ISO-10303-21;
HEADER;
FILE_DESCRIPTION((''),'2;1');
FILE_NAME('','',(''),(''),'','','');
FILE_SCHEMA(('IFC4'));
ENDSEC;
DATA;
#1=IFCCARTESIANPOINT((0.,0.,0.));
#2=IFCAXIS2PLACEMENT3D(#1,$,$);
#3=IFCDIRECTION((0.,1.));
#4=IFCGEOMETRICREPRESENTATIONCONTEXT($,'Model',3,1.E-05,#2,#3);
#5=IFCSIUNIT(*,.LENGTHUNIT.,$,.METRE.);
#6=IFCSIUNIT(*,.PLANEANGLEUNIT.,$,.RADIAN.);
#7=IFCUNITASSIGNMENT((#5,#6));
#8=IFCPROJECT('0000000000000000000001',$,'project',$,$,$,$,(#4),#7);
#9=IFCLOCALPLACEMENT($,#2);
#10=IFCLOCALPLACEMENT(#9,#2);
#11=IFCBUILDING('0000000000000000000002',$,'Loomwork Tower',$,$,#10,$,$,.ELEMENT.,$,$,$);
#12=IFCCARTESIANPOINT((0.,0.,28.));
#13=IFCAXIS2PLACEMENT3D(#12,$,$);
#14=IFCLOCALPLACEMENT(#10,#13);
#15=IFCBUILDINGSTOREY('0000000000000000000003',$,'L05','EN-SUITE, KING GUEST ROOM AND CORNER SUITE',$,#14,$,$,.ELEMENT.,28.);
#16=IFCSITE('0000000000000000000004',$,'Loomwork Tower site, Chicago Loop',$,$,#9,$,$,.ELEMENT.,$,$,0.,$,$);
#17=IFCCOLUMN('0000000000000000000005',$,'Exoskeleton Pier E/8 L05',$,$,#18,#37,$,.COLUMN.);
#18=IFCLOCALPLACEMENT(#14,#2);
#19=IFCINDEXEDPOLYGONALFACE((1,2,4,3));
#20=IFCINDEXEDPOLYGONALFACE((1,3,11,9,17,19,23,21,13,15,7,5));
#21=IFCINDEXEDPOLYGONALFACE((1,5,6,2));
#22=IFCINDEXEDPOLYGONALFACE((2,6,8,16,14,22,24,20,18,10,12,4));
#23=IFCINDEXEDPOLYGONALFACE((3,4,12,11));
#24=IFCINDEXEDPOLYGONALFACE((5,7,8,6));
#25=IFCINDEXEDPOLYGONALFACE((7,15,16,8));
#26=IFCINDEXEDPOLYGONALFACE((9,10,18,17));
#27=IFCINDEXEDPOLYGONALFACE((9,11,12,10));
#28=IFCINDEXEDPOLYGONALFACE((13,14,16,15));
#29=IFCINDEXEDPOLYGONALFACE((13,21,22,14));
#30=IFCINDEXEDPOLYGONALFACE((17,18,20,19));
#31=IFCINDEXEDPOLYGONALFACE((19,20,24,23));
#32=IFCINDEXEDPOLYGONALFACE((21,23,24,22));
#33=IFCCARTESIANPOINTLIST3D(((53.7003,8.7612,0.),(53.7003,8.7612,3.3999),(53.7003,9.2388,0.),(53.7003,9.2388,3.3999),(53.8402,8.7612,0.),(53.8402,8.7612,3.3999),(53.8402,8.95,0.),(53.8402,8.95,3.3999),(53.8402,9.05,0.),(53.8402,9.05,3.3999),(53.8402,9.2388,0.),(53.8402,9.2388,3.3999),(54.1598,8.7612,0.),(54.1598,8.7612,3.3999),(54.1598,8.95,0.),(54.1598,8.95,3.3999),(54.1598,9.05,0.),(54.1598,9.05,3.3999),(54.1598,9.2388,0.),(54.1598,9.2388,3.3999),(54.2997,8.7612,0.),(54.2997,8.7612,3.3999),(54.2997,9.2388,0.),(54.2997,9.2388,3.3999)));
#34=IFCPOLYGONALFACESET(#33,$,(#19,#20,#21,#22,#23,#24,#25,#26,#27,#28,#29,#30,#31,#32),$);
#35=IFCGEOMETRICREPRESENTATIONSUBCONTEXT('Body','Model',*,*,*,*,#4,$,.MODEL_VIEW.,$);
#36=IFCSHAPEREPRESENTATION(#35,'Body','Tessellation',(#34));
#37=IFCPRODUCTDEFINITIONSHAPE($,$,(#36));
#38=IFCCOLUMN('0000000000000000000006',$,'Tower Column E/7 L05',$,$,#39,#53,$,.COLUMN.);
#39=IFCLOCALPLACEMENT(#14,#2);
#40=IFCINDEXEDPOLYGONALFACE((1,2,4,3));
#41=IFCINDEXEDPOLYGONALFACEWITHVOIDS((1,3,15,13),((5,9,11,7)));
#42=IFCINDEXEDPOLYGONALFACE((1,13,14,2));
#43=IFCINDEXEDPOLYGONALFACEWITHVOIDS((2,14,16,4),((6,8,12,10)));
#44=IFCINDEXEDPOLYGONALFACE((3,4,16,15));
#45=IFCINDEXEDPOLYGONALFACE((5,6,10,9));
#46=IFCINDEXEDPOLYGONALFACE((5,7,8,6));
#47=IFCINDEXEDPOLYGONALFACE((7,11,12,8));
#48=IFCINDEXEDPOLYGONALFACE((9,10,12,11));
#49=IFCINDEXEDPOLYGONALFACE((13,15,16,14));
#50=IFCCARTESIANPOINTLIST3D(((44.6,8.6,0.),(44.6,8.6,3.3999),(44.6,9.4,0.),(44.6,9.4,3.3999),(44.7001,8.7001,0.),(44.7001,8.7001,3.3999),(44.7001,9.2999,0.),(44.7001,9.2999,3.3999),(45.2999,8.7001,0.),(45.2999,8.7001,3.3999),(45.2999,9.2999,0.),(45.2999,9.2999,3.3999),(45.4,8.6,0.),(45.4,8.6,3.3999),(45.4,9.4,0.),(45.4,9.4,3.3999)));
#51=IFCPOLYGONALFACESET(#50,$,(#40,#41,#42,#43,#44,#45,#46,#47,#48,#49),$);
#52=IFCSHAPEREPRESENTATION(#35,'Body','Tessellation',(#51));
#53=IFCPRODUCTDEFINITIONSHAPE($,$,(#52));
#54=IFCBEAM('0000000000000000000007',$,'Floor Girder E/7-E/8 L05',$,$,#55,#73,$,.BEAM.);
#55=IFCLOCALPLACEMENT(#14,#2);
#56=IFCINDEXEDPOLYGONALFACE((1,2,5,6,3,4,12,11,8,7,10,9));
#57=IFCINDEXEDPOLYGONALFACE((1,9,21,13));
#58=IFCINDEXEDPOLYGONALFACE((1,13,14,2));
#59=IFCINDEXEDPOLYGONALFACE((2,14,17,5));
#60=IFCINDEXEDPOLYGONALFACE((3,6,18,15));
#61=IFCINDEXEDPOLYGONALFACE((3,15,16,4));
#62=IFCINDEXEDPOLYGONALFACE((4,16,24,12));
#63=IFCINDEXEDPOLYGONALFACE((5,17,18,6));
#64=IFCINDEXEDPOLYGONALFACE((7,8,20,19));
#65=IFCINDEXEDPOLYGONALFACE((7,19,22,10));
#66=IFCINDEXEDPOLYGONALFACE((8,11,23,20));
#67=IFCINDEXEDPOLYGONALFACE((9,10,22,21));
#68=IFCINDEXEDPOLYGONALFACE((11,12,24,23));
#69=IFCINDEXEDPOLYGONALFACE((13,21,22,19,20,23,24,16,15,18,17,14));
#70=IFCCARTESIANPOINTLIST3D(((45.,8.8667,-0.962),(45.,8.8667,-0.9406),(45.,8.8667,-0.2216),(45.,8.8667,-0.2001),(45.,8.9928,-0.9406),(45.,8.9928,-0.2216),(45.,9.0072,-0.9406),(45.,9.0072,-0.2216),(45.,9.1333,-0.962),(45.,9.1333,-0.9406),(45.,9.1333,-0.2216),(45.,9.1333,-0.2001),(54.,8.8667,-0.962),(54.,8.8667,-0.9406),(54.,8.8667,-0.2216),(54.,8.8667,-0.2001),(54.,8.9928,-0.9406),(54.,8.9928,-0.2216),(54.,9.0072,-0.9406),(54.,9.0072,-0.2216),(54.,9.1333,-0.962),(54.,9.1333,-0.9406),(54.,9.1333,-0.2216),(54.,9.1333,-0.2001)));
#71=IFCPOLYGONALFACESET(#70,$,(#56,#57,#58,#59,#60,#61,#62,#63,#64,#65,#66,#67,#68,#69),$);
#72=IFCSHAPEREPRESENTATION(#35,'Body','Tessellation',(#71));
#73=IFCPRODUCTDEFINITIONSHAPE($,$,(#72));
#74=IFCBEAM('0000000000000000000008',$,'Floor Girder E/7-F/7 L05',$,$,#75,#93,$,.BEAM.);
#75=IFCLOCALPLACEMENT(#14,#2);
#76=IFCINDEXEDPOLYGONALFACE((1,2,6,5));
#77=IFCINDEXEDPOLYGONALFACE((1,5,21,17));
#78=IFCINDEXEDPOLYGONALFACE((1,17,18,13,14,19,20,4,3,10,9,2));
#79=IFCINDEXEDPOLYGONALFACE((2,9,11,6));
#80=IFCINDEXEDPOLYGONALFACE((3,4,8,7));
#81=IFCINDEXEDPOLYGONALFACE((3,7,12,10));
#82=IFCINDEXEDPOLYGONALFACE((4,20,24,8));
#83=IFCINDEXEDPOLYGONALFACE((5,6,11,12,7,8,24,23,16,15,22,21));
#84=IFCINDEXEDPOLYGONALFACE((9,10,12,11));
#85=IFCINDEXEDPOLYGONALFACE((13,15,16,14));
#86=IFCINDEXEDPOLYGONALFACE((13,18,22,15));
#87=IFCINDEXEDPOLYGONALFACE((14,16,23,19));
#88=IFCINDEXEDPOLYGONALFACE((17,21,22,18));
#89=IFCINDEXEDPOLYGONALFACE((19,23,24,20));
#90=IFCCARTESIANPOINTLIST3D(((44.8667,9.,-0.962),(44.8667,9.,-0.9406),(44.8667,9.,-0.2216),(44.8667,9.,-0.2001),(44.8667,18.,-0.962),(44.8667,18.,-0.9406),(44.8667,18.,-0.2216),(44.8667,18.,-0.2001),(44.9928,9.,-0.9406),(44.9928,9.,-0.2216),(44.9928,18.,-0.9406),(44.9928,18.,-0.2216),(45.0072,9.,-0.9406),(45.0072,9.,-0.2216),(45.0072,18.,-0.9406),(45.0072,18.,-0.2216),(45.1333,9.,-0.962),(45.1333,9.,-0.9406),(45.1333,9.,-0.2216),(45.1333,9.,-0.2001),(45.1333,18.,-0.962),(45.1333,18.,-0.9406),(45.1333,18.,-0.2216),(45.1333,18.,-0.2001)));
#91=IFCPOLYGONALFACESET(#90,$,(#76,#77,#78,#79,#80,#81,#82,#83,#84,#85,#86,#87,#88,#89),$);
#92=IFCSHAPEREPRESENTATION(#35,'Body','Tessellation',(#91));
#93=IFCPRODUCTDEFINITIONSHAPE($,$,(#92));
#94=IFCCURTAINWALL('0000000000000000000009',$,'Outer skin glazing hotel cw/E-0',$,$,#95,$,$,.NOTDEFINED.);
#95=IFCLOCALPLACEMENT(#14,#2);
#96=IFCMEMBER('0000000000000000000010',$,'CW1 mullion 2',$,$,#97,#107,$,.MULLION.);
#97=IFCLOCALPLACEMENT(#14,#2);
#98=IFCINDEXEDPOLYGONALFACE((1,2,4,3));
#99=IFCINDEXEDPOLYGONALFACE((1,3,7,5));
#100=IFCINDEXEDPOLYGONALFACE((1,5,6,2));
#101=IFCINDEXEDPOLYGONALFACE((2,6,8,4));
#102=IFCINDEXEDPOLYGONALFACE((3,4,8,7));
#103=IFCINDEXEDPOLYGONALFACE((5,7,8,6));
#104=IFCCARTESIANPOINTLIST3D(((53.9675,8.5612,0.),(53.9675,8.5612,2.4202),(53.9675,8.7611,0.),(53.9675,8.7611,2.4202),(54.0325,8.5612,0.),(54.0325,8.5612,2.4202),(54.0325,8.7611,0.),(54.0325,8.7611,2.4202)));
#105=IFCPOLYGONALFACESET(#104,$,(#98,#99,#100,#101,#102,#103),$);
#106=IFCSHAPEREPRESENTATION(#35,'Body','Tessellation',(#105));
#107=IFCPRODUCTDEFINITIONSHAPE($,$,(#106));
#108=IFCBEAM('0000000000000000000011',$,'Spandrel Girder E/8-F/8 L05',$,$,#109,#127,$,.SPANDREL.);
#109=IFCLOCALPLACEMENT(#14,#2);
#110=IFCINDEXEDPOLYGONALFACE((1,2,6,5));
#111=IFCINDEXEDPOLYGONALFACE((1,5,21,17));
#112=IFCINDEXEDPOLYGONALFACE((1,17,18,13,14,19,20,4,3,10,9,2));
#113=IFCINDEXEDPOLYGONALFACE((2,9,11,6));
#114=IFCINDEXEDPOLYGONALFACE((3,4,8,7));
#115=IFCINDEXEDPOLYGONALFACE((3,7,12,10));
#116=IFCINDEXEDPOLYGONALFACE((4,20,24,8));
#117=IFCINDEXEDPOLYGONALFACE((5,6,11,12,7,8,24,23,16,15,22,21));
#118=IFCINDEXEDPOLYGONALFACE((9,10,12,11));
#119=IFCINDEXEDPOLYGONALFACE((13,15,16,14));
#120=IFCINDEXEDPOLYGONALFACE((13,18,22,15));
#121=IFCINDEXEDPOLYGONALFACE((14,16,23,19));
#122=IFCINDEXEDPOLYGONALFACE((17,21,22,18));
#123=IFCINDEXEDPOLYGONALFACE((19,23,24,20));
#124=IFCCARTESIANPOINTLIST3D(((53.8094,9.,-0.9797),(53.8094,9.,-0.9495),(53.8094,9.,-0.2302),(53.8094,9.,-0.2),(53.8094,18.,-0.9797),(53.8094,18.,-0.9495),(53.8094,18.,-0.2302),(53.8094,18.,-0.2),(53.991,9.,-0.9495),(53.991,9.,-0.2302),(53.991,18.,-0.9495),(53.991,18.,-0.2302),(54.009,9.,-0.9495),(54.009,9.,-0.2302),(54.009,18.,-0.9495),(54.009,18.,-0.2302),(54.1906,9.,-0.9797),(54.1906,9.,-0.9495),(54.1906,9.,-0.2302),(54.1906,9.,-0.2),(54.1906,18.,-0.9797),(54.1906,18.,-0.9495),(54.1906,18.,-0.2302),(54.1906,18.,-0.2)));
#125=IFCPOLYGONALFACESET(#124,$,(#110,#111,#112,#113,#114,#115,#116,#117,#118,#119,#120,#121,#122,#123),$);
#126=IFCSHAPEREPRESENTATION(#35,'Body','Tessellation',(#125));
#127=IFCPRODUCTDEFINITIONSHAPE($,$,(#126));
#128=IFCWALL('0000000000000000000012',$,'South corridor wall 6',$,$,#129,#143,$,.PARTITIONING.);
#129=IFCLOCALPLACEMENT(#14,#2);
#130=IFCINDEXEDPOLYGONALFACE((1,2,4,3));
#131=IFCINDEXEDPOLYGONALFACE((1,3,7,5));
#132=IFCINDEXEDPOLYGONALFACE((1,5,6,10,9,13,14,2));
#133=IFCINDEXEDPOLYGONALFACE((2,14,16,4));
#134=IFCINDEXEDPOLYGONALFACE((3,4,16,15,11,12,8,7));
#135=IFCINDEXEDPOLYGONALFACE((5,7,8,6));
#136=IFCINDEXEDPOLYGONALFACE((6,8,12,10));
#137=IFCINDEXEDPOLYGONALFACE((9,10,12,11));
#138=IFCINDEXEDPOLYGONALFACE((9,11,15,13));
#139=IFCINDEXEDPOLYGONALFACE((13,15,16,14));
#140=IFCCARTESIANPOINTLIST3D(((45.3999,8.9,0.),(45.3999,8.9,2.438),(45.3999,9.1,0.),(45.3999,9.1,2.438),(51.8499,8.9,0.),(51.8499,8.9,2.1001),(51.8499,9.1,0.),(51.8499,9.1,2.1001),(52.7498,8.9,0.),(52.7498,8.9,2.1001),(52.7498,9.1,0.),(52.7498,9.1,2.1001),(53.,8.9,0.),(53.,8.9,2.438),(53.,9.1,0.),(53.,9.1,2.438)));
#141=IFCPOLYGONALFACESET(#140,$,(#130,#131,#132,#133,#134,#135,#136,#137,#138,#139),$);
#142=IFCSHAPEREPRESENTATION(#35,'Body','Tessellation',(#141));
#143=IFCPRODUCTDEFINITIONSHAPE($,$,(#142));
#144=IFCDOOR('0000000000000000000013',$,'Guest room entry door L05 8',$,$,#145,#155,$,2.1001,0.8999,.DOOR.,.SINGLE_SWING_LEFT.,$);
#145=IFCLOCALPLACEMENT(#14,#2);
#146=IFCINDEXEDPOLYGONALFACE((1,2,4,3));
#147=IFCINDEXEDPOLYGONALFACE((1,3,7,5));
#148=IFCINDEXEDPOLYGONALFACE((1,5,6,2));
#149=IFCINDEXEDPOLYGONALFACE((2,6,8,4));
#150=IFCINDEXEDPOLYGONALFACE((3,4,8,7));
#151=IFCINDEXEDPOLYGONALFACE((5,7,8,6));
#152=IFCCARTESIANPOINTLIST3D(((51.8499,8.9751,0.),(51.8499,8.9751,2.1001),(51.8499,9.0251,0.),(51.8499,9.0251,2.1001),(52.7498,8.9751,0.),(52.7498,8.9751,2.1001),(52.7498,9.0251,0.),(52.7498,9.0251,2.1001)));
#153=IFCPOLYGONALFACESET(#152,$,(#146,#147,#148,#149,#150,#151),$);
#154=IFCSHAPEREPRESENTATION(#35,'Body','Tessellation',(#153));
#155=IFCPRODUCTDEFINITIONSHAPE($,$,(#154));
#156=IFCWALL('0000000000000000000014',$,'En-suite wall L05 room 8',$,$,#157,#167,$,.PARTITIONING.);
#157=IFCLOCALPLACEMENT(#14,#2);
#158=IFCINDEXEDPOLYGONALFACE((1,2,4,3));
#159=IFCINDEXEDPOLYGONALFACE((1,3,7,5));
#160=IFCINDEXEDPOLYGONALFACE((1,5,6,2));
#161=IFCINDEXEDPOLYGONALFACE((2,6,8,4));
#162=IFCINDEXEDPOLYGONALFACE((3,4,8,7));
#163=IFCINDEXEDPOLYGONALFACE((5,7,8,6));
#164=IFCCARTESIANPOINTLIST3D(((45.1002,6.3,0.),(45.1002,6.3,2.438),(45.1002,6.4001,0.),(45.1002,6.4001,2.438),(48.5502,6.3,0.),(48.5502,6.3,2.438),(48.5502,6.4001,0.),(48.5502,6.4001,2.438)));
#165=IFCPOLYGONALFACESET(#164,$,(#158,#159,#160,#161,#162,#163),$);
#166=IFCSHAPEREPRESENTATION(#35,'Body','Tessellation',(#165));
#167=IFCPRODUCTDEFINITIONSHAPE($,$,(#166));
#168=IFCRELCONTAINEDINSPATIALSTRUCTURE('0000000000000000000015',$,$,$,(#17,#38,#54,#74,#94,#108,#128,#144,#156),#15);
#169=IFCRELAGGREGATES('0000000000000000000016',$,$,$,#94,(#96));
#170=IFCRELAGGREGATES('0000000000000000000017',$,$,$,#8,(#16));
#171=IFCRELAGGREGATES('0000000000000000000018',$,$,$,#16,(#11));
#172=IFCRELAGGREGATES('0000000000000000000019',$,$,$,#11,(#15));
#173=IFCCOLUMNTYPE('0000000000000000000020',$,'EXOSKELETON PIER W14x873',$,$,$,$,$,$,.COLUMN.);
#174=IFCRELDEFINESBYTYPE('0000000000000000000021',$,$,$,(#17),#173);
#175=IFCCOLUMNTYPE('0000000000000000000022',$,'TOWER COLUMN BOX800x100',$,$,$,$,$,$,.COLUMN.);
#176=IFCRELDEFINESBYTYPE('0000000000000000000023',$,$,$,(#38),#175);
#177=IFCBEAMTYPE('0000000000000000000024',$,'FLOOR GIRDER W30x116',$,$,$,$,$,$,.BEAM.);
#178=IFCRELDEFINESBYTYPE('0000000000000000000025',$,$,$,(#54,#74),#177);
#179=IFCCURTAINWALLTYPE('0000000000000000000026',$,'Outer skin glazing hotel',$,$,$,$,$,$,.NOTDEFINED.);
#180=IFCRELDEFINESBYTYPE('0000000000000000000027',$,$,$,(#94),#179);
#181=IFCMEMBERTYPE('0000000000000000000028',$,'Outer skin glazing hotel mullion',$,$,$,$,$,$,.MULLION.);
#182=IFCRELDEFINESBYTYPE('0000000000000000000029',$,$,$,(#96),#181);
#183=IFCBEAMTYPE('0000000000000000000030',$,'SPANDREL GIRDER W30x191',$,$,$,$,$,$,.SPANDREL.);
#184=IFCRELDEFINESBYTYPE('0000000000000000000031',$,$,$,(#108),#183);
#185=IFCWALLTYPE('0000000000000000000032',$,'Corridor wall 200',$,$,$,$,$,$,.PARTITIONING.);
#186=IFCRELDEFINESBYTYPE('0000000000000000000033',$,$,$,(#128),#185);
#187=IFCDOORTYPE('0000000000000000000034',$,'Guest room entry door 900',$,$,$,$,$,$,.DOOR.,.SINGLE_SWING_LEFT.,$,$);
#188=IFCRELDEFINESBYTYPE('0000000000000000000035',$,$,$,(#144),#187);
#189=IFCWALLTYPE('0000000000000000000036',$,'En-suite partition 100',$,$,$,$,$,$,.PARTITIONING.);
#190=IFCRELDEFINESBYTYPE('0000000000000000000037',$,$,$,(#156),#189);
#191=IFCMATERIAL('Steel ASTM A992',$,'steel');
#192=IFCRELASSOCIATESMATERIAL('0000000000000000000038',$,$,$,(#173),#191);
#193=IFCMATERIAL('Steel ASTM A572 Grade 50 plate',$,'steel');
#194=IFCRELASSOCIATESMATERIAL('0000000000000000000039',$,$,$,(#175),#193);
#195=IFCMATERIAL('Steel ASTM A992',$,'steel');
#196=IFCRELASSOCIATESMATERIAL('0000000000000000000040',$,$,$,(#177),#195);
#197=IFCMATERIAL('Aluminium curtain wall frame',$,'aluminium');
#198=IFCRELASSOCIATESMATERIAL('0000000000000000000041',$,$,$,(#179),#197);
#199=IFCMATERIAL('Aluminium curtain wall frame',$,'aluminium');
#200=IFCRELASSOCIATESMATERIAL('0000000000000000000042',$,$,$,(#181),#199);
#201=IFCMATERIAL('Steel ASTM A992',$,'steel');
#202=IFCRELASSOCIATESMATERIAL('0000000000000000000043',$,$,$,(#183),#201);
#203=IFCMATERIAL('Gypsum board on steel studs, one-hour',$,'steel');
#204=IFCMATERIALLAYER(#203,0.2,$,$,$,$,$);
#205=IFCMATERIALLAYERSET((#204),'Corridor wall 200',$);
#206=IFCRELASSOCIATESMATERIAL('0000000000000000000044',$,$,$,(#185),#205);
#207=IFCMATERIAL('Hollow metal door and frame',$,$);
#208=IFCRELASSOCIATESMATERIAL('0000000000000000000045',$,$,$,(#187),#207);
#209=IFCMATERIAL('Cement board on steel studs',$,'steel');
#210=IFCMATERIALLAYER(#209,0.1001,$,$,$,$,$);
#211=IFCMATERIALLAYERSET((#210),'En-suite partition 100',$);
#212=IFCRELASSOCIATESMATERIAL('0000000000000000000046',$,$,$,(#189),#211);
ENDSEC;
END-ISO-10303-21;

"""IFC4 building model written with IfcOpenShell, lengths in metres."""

from ifc_helpers import new_model, si_unit, direction, frame, frame_2d, origin, origin_2d, place, context, subcontext, project, spatial, rectangle, hollow_rectangle, i_section, extrude, material, layer, layer_set, material_profile, profile_set, type_object, element, fill, aggregate, save


model = new_model("IFC4")

# Units and contexts
model_context = context("Model", 3, precision=1e-05, world=origin(), true_north=direction((0.0, 1.0)))
body_context = subcontext(model_context, "Body", "Model", "MODEL_VIEW")
ifc_project = project(units=[si_unit("LENGTHUNIT", "METRE"), si_unit("PLANEANGLEUNIT", "RADIAN")], contexts=[model_context])

# Site, building, storey
site_placement = place(None, origin())
site = spatial("IfcSite", under=ifc_project, at=site_placement, Name="Loomwork Tower site, Chicago Loop", CompositionType="ELEMENT", RefElevation=0.0)
building_placement = place(site_placement, origin())
building = spatial("IfcBuilding", under=site, at=building_placement, Name="Loomwork Tower", CompositionType="ELEMENT")
storey_placement = place(building_placement, frame((0.0, 0.0, 28.0)))
storey = spatial("IfcBuildingStorey", under=building, at=storey_placement, Name="L05", Description="EN-SUITE, KING GUEST ROOM AND CORNER SUITE", CompositionType="ELEMENT", Elevation=28.0)

# Columns
ifc_material_1 = material(Name="Steel ASTM A992", Category="steel")
ifc_material_profile_1 = material_profile(ifc_material_1, i_section(OverallWidth=0.4775, OverallDepth=0.5994, WebThickness=0.1001, FlangeThickness=0.1399, at=origin_2d()), Name="W14x873")
ifc_profile_set_1 = profile_set([ifc_material_profile_1], Name="Steel ASTM A992")
column_type_1 = type_object("IfcColumnType", Name="EXOSKELETON PIER W14x873", PredefinedType="COLUMN", material=ifc_profile_set_1)
column_1_placement = place(storey_placement, frame((54.0, 9.0, 0.0), z_axis=(0.0, 0.0, 1.0), x_axis=(0.0, 1.0, 0.0)))
element("IfcColumn", 1, at=column_1_placement, inside=storey, type_object=column_type_1, Name="Exoskeleton Pier E/8 L05", PredefinedType="COLUMN", context=body_context, shape_type="SweptSolid", body=[
    extrude(i_section(OverallWidth=0.4775, OverallDepth=0.5994, WebThickness=0.1001, FlangeThickness=0.1399, at=origin_2d()), origin(), (0.0, 0.0, 1.0), 3.3999),
])
ifc_material_2 = material(Name="Steel ASTM A572 Grade 50 plate", Category="steel")
ifc_material_profile_2 = material_profile(ifc_material_2, hollow_rectangle(XDim=0.8, YDim=0.8, WallThickness=0.1001, at=origin_2d()), Name="BOX800x100")
ifc_profile_set_2 = profile_set([ifc_material_profile_2], Name="Steel ASTM A572 Grade 50 plate")
column_type_2 = type_object("IfcColumnType", Name="TOWER COLUMN BOX800x100", PredefinedType="COLUMN", material=ifc_profile_set_2)
column_2_placement = place(storey_placement, frame((45.0, 9.0, 0.0), z_axis=(0.0, 0.0, 1.0), x_axis=(0.0, 1.0, 0.0)))
element("IfcColumn", 2, at=column_2_placement, inside=storey, type_object=column_type_2, Name="Tower Column E/7 L05", PredefinedType="COLUMN", context=body_context, shape_type="SweptSolid", body=[
    extrude(hollow_rectangle(XDim=0.8, YDim=0.8, WallThickness=0.1001, at=origin_2d()), origin(), (0.0, 0.0, 1.0), 3.3999),
])

# Beams
ifc_material_3 = material(Name="Steel ASTM A992", Category="steel")
ifc_material_profile_3 = material_profile(ifc_material_3, i_section(OverallWidth=0.2666, OverallDepth=0.762, WebThickness=0.0144, FlangeThickness=0.0215, at=origin_2d()), Name="W30x116")
ifc_profile_set_3 = profile_set([ifc_material_profile_3], Name="Steel ASTM A992")
beam_type_1 = type_object("IfcBeamType", Name="FLOOR GIRDER W30x116", PredefinedType="BEAM", material=ifc_profile_set_3)
for number, where, z_axis, x_axis, name in (
    (3, (45.0, 9.0, -0.5811), (1.0, 0.0, 0.0), (0.0, 1.0, 0.0), "Floor Girder E/7-E/8 L05"),
    (4, (45.0, 9.0, -0.5811), (0.0, 1.0, 0.0), (-1.0, 0.0, 0.0), "Floor Girder E/7-F/7 L05"),
):
    element("IfcBeam", number, at=place(storey_placement, frame(where, z_axis=z_axis, x_axis=x_axis)), inside=storey, type_object=beam_type_1, Name=name, PredefinedType="BEAM", context=body_context, shape_type="SweptSolid", body=[
        extrude(i_section(OverallWidth=0.2666, OverallDepth=0.762, WebThickness=0.0144, FlangeThickness=0.0215, at=origin_2d()), origin(), (0.0, 0.0, 1.0), 9.0),
    ])

# Curtain wall, member
ifc_material_4 = material(Name="Aluminium curtain wall frame", Category="aluminium")
curtain_wall_type = type_object("IfcCurtainWallType", Name="Outer skin glazing hotel", PredefinedType="NOTDEFINED", material=ifc_material_4)
curtain_wall_placement = place(storey_placement, origin())
curtain_wall = element("IfcCurtainWall", 5, at=curtain_wall_placement, inside=storey, type_object=curtain_wall_type, Name="Outer skin glazing hotel cw/E-0", PredefinedType="NOTDEFINED")
ifc_material_5 = material(Name="Aluminium curtain wall frame", Category="aluminium")
ifc_material_profile_4 = material_profile(ifc_material_5, rectangle(XDim=0.0649, YDim=0.2, at=origin_2d()), Name="AL 65x200")
ifc_profile_set_4 = profile_set([ifc_material_profile_4], Name="Aluminium curtain wall frame")
member_type = type_object("IfcMemberType", Name="Outer skin glazing hotel mullion", PredefinedType="MULLION", material=ifc_profile_set_4)
member_placement = place(storey_placement, frame((54.0, 8.6611, 0.0), z_axis=(0.0, 0.0, 1.0), x_axis=(-1.0, 0.0, 0.0)))
member = element("IfcMember", 6, at=member_placement, type_object=member_type, Name="CW1 mullion 2", PredefinedType="MULLION", context=body_context, shape_type="SweptSolid", body=[
    extrude(rectangle(XDim=0.0649, YDim=0.2, at=origin_2d()), origin(), (0.0, 0.0, 1.0), 2.4202),
])
aggregate(curtain_wall, [member])

# Beam
ifc_material_6 = material(Name="Steel ASTM A992", Category="steel")
ifc_material_profile_5 = material_profile(ifc_material_6, i_section(OverallWidth=0.3811, OverallDepth=0.7798, WebThickness=0.0181, FlangeThickness=0.0303, at=origin_2d()), Name="W30x191")
ifc_profile_set_5 = profile_set([ifc_material_profile_5], Name="Steel ASTM A992")
beam_type_2 = type_object("IfcBeamType", Name="SPANDREL GIRDER W30x191", PredefinedType="SPANDREL", material=ifc_profile_set_5)
beam_placement = place(storey_placement, frame((54.0, 9.0, -0.5898), z_axis=(0.0, 1.0, 0.0), x_axis=(-1.0, 0.0, 0.0)))
element("IfcBeam", 7, at=beam_placement, inside=storey, type_object=beam_type_2, Name="Spandrel Girder E/8-F/8 L05", PredefinedType="SPANDREL", context=body_context, shape_type="SweptSolid", body=[
    extrude(i_section(OverallWidth=0.3811, OverallDepth=0.7798, WebThickness=0.0181, FlangeThickness=0.0303, at=origin_2d()), origin(), (0.0, 0.0, 1.0), 9.0),
])

# Wall, opening, door
ifc_material_7 = material(Name="Gypsum board on steel studs, one-hour", Category="steel")
ifc_layer_1 = layer(ifc_material_7, 0.2)
ifc_layer_set_1 = layer_set([ifc_layer_1], Name="Corridor wall 200")
wall_type_1 = type_object("IfcWallType", Name="Corridor wall 200", PredefinedType="PARTITIONING", material=ifc_layer_set_1)
wall_1_placement = place(storey_placement, frame((45.3999, 9.0, 0.0), z_axis=(0.0, 0.0, 1.0), x_axis=(1.0, 0.0, 0.0)))
wall_1 = element("IfcWall", 8, at=wall_1_placement, inside=storey, type_object=wall_type_1, Name="South corridor wall 6", PredefinedType="PARTITIONING", context=body_context, shape_type="SweptSolid", body=[
    extrude(rectangle(XDim=7.6001, YDim=0.2, at=frame_2d((3.8, 0.0))), origin(), (0.0, 0.0, 1.0), 2.438),
])
opening_1_placement = place(wall_1_placement, frame((6.45, 0.0, 0.0)))
opening_1 = element("IfcOpeningElement", 9, at=opening_1_placement, cuts=wall_1, PredefinedType="OPENING", context=body_context, shape_type="SweptSolid", body=[
    extrude(rectangle(XDim=0.8999, YDim=2.1001, at=frame_2d((0.45, 1.05))), frame((0.0, 0.1099, 0.0), z_axis=(0.0, -1.0, 0.0), x_axis=(1.0, 0.0, 0.0)), (0.0, 0.0, 1.0), 0.22),
])
ifc_material_8 = material(Name="Hollow metal door and frame")
door_type_1 = type_object("IfcDoorType", Name="Guest room entry door 900", OperationType="SINGLE_SWING_LEFT", PredefinedType="DOOR", material=ifc_material_8)
door_1_placement = place(opening_1_placement, frame((0.8999, 0.0, 0.0), z_axis=(0.0, 0.0, 1.0), x_axis=(-1.0, 0.0, 0.0)))
door_1 = element("IfcDoor", 10, at=door_1_placement, inside=storey, type_object=door_type_1, Name="Guest room entry door L05 8", OperationType="SINGLE_SWING_LEFT", OverallHeight=2.1001, OverallWidth=0.8999, PredefinedType="DOOR", context=body_context, shape_type="SweptSolid", body=[
    extrude(rectangle(XDim=0.8999, YDim=2.1001, at=frame_2d((0.45, 1.05))), frame((0.0, 0.0249, 0.0), z_axis=(0.0, -1.0, 0.0), x_axis=(1.0, 0.0, 0.0)), (0.0, 0.0, 1.0), 0.05),
])
fill(opening_1, door_1)

# Wall
ifc_material_9 = material(Name="Cement board on steel studs", Category="steel")
ifc_layer_2 = layer(ifc_material_9, 0.1001)
ifc_layer_set_2 = layer_set([ifc_layer_2], Name="En-suite partition 100")
wall_type_2 = type_object("IfcWallType", Name="En-suite partition 100", PredefinedType="PARTITIONING", material=ifc_layer_set_2)
wall_2_placement = place(storey_placement, frame((45.1001, 6.3501, 0.0), z_axis=(0.0, 0.0, 1.0), x_axis=(1.0, 0.0, 0.0)))
element("IfcWall", 11, at=wall_2_placement, inside=storey, type_object=wall_type_2, Name="En-suite wall L05 room 8", PredefinedType="PARTITIONING", context=body_context, shape_type="SweptSolid", body=[
    extrude(rectangle(XDim=3.45, YDim=0.1001, at=frame_2d((1.7251, 0.0))), origin(), (0.0, 0.0, 1.0), 2.438),
])

save(model, "model.ifc")
